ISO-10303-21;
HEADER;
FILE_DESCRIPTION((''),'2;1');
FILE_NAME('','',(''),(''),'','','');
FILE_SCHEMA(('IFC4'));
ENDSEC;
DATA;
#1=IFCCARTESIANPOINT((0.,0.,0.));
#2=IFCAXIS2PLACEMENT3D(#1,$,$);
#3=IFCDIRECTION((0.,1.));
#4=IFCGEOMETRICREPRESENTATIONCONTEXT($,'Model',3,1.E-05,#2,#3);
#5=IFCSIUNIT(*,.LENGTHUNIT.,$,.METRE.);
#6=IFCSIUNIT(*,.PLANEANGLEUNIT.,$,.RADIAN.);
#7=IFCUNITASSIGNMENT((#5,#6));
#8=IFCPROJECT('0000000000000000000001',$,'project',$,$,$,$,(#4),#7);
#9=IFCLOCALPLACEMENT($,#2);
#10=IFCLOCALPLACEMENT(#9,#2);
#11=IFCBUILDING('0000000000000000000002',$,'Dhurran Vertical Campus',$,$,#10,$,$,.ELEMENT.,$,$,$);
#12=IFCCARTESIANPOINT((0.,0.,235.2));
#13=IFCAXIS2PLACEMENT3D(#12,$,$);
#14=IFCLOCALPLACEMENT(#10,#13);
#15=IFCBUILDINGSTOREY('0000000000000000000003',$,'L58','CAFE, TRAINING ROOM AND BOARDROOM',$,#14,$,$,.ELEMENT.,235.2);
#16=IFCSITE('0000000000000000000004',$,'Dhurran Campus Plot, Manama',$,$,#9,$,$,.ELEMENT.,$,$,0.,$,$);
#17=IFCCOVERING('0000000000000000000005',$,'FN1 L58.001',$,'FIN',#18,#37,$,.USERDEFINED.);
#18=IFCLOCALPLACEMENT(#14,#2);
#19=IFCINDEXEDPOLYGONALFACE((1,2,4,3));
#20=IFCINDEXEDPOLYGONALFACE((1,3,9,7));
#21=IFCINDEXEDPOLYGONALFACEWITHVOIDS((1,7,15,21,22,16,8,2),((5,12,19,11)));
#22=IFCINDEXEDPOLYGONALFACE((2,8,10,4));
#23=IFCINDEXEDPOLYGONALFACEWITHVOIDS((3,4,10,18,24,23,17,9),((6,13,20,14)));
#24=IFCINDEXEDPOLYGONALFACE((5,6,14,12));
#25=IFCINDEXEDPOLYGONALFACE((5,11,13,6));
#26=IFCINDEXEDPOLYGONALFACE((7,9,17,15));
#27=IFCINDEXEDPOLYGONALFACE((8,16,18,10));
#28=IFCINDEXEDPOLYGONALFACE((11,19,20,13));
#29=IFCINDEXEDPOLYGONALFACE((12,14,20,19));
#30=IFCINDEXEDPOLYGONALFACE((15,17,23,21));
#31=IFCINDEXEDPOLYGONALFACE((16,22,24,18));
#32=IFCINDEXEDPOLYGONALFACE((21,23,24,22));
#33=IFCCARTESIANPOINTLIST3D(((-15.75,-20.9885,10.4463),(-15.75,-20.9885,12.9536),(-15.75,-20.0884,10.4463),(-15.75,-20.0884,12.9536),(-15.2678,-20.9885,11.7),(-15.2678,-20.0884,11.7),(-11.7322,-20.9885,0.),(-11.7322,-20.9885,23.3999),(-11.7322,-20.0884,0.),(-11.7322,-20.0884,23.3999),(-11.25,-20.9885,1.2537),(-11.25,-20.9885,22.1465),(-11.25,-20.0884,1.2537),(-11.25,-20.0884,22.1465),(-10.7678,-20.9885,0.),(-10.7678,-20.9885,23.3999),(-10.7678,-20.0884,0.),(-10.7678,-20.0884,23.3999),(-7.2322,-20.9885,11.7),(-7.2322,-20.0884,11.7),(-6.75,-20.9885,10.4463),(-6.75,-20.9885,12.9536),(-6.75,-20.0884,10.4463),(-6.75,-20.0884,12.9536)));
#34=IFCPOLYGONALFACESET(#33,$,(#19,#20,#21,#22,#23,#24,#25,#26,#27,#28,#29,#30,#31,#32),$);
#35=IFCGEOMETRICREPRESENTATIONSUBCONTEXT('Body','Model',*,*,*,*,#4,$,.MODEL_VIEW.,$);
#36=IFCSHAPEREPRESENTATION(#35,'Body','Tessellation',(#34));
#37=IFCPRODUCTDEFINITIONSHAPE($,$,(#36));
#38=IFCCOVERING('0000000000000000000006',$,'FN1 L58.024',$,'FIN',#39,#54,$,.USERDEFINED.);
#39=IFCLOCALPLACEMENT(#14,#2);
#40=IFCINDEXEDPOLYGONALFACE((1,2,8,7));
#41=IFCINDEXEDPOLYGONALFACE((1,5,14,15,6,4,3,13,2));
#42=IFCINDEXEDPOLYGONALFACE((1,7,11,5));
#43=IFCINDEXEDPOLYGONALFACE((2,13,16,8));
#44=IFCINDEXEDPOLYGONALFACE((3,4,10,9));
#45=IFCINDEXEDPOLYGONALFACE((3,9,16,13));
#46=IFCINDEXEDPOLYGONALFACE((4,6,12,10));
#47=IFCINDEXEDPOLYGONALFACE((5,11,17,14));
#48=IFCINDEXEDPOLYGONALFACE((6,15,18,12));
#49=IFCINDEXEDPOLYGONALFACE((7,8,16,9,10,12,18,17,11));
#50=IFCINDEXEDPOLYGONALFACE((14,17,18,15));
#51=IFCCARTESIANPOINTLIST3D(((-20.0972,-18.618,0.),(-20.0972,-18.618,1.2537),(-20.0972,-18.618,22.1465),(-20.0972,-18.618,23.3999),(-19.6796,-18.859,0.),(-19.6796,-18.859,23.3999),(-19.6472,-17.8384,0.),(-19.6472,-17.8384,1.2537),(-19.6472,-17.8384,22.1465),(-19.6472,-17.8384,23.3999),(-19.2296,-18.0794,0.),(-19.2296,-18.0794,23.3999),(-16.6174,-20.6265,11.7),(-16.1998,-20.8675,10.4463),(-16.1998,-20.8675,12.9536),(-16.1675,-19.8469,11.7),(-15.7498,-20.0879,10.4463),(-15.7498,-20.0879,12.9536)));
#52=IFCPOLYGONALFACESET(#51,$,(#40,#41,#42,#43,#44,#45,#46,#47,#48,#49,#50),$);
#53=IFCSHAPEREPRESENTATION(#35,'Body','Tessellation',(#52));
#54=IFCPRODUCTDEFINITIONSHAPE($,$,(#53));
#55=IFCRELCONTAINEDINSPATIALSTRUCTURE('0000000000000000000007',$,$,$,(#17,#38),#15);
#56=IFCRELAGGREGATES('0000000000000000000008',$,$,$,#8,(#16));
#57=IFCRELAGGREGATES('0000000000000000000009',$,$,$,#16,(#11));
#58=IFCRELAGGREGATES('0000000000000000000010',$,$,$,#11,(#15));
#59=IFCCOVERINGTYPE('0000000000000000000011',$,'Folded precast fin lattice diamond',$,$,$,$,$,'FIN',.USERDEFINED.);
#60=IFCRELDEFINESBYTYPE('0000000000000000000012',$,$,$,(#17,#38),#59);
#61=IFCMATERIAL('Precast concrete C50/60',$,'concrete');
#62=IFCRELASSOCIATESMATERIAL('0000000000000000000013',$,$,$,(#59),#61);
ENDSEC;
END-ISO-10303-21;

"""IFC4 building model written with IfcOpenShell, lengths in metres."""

from ifc_helpers import new_model, si_unit, direction, frame, origin, place, context, subcontext, project, spatial, polyline, outline, extrude, material, type_object, element, save


model = new_model("IFC4")

# Units and contexts
model_context = context("Model", 3, precision=1e-05, world=origin(), true_north=direction((0.0, 1.0)))
body_context = subcontext(model_context, "Body", "Model", "MODEL_VIEW")
ifc_project = project(units=[si_unit("LENGTHUNIT", "METRE"), si_unit("PLANEANGLEUNIT", "RADIAN")], contexts=[model_context])

# Site, building, storey
site_placement = place(None, origin())
site = spatial("IfcSite", under=ifc_project, at=site_placement, Name="Dhurran Campus Plot, Manama", CompositionType="ELEMENT", RefElevation=0.0)
building_placement = place(site_placement, origin())
building = spatial("IfcBuilding", under=site, at=building_placement, Name="Dhurran Vertical Campus", CompositionType="ELEMENT")
storey_placement = place(building_placement, frame((0.0, 0.0, 235.2)))
storey = spatial("IfcBuildingStorey", under=building, at=storey_placement, Name="L58", Description="CAFE, TRAINING ROOM AND BOARDROOM", CompositionType="ELEMENT", Elevation=235.2)

# Coverings
ifc_material_1 = material(Name="Precast concrete C50/60", Category="concrete")
covering_type = type_object("IfcCoveringType", Name="Folded precast fin lattice diamond", ElementType="FIN", PredefinedType="USERDEFINED", material=ifc_material_1)
covering_1_placement = place(storey_placement, frame((-15.75, -20.0884, 0.0), z_axis=(0.0, -1.0, 0.0), x_axis=(1.0, 0.0, 0.0)))
element("IfcCovering", 1, at=covering_1_placement, inside=storey, type_object=covering_type, Name="FN1 L58.001", ObjectType="FIN", PredefinedType="USERDEFINED", context=body_context, shape_type="SweptSolid", body=[
    extrude(outline(polyline([(9.0, 12.9536), (9.0, 10.4463), (4.9822, 0.0), (4.0178, 0.0), (0.0, 10.4463), (0.0, 12.9536), (4.0178, 23.3999), (4.9822, 23.3999), (9.0, 12.9536)]), holes=[polyline([(8.5178, 11.7), (4.5, 22.1465), (0.4822, 11.7), (4.5, 1.2537), (8.5178, 11.7)])]), origin(), (0.0, 0.0, 1.0), 0.9001),
])
covering_2_placement = place(storey_placement, frame((-19.6472, -17.8384, 0.0), z_axis=(-0.499902, -0.866082, 0.0), x_axis=(0.866082, -0.499902, 0.0)))
element("IfcCovering", 2, at=covering_2_placement, inside=storey, type_object=covering_type, Name="FN1 L58.024", ObjectType="FIN", PredefinedType="USERDEFINED", context=body_context, shape_type="SweptSolid", body=[
    extrude(outline(polyline([(4.5, 10.4463), (0.4822, 0.0), (0.0, 0.0), (0.0, 1.2537), (4.0178, 11.7), (0.0, 22.1465), (0.0, 23.3999), (0.4822, 23.3999), (4.5, 12.9536), (4.5, 10.4463)])), origin(), (0.0, 0.0, 1.0), 0.9001),
])

save(model, "model.ifc")
